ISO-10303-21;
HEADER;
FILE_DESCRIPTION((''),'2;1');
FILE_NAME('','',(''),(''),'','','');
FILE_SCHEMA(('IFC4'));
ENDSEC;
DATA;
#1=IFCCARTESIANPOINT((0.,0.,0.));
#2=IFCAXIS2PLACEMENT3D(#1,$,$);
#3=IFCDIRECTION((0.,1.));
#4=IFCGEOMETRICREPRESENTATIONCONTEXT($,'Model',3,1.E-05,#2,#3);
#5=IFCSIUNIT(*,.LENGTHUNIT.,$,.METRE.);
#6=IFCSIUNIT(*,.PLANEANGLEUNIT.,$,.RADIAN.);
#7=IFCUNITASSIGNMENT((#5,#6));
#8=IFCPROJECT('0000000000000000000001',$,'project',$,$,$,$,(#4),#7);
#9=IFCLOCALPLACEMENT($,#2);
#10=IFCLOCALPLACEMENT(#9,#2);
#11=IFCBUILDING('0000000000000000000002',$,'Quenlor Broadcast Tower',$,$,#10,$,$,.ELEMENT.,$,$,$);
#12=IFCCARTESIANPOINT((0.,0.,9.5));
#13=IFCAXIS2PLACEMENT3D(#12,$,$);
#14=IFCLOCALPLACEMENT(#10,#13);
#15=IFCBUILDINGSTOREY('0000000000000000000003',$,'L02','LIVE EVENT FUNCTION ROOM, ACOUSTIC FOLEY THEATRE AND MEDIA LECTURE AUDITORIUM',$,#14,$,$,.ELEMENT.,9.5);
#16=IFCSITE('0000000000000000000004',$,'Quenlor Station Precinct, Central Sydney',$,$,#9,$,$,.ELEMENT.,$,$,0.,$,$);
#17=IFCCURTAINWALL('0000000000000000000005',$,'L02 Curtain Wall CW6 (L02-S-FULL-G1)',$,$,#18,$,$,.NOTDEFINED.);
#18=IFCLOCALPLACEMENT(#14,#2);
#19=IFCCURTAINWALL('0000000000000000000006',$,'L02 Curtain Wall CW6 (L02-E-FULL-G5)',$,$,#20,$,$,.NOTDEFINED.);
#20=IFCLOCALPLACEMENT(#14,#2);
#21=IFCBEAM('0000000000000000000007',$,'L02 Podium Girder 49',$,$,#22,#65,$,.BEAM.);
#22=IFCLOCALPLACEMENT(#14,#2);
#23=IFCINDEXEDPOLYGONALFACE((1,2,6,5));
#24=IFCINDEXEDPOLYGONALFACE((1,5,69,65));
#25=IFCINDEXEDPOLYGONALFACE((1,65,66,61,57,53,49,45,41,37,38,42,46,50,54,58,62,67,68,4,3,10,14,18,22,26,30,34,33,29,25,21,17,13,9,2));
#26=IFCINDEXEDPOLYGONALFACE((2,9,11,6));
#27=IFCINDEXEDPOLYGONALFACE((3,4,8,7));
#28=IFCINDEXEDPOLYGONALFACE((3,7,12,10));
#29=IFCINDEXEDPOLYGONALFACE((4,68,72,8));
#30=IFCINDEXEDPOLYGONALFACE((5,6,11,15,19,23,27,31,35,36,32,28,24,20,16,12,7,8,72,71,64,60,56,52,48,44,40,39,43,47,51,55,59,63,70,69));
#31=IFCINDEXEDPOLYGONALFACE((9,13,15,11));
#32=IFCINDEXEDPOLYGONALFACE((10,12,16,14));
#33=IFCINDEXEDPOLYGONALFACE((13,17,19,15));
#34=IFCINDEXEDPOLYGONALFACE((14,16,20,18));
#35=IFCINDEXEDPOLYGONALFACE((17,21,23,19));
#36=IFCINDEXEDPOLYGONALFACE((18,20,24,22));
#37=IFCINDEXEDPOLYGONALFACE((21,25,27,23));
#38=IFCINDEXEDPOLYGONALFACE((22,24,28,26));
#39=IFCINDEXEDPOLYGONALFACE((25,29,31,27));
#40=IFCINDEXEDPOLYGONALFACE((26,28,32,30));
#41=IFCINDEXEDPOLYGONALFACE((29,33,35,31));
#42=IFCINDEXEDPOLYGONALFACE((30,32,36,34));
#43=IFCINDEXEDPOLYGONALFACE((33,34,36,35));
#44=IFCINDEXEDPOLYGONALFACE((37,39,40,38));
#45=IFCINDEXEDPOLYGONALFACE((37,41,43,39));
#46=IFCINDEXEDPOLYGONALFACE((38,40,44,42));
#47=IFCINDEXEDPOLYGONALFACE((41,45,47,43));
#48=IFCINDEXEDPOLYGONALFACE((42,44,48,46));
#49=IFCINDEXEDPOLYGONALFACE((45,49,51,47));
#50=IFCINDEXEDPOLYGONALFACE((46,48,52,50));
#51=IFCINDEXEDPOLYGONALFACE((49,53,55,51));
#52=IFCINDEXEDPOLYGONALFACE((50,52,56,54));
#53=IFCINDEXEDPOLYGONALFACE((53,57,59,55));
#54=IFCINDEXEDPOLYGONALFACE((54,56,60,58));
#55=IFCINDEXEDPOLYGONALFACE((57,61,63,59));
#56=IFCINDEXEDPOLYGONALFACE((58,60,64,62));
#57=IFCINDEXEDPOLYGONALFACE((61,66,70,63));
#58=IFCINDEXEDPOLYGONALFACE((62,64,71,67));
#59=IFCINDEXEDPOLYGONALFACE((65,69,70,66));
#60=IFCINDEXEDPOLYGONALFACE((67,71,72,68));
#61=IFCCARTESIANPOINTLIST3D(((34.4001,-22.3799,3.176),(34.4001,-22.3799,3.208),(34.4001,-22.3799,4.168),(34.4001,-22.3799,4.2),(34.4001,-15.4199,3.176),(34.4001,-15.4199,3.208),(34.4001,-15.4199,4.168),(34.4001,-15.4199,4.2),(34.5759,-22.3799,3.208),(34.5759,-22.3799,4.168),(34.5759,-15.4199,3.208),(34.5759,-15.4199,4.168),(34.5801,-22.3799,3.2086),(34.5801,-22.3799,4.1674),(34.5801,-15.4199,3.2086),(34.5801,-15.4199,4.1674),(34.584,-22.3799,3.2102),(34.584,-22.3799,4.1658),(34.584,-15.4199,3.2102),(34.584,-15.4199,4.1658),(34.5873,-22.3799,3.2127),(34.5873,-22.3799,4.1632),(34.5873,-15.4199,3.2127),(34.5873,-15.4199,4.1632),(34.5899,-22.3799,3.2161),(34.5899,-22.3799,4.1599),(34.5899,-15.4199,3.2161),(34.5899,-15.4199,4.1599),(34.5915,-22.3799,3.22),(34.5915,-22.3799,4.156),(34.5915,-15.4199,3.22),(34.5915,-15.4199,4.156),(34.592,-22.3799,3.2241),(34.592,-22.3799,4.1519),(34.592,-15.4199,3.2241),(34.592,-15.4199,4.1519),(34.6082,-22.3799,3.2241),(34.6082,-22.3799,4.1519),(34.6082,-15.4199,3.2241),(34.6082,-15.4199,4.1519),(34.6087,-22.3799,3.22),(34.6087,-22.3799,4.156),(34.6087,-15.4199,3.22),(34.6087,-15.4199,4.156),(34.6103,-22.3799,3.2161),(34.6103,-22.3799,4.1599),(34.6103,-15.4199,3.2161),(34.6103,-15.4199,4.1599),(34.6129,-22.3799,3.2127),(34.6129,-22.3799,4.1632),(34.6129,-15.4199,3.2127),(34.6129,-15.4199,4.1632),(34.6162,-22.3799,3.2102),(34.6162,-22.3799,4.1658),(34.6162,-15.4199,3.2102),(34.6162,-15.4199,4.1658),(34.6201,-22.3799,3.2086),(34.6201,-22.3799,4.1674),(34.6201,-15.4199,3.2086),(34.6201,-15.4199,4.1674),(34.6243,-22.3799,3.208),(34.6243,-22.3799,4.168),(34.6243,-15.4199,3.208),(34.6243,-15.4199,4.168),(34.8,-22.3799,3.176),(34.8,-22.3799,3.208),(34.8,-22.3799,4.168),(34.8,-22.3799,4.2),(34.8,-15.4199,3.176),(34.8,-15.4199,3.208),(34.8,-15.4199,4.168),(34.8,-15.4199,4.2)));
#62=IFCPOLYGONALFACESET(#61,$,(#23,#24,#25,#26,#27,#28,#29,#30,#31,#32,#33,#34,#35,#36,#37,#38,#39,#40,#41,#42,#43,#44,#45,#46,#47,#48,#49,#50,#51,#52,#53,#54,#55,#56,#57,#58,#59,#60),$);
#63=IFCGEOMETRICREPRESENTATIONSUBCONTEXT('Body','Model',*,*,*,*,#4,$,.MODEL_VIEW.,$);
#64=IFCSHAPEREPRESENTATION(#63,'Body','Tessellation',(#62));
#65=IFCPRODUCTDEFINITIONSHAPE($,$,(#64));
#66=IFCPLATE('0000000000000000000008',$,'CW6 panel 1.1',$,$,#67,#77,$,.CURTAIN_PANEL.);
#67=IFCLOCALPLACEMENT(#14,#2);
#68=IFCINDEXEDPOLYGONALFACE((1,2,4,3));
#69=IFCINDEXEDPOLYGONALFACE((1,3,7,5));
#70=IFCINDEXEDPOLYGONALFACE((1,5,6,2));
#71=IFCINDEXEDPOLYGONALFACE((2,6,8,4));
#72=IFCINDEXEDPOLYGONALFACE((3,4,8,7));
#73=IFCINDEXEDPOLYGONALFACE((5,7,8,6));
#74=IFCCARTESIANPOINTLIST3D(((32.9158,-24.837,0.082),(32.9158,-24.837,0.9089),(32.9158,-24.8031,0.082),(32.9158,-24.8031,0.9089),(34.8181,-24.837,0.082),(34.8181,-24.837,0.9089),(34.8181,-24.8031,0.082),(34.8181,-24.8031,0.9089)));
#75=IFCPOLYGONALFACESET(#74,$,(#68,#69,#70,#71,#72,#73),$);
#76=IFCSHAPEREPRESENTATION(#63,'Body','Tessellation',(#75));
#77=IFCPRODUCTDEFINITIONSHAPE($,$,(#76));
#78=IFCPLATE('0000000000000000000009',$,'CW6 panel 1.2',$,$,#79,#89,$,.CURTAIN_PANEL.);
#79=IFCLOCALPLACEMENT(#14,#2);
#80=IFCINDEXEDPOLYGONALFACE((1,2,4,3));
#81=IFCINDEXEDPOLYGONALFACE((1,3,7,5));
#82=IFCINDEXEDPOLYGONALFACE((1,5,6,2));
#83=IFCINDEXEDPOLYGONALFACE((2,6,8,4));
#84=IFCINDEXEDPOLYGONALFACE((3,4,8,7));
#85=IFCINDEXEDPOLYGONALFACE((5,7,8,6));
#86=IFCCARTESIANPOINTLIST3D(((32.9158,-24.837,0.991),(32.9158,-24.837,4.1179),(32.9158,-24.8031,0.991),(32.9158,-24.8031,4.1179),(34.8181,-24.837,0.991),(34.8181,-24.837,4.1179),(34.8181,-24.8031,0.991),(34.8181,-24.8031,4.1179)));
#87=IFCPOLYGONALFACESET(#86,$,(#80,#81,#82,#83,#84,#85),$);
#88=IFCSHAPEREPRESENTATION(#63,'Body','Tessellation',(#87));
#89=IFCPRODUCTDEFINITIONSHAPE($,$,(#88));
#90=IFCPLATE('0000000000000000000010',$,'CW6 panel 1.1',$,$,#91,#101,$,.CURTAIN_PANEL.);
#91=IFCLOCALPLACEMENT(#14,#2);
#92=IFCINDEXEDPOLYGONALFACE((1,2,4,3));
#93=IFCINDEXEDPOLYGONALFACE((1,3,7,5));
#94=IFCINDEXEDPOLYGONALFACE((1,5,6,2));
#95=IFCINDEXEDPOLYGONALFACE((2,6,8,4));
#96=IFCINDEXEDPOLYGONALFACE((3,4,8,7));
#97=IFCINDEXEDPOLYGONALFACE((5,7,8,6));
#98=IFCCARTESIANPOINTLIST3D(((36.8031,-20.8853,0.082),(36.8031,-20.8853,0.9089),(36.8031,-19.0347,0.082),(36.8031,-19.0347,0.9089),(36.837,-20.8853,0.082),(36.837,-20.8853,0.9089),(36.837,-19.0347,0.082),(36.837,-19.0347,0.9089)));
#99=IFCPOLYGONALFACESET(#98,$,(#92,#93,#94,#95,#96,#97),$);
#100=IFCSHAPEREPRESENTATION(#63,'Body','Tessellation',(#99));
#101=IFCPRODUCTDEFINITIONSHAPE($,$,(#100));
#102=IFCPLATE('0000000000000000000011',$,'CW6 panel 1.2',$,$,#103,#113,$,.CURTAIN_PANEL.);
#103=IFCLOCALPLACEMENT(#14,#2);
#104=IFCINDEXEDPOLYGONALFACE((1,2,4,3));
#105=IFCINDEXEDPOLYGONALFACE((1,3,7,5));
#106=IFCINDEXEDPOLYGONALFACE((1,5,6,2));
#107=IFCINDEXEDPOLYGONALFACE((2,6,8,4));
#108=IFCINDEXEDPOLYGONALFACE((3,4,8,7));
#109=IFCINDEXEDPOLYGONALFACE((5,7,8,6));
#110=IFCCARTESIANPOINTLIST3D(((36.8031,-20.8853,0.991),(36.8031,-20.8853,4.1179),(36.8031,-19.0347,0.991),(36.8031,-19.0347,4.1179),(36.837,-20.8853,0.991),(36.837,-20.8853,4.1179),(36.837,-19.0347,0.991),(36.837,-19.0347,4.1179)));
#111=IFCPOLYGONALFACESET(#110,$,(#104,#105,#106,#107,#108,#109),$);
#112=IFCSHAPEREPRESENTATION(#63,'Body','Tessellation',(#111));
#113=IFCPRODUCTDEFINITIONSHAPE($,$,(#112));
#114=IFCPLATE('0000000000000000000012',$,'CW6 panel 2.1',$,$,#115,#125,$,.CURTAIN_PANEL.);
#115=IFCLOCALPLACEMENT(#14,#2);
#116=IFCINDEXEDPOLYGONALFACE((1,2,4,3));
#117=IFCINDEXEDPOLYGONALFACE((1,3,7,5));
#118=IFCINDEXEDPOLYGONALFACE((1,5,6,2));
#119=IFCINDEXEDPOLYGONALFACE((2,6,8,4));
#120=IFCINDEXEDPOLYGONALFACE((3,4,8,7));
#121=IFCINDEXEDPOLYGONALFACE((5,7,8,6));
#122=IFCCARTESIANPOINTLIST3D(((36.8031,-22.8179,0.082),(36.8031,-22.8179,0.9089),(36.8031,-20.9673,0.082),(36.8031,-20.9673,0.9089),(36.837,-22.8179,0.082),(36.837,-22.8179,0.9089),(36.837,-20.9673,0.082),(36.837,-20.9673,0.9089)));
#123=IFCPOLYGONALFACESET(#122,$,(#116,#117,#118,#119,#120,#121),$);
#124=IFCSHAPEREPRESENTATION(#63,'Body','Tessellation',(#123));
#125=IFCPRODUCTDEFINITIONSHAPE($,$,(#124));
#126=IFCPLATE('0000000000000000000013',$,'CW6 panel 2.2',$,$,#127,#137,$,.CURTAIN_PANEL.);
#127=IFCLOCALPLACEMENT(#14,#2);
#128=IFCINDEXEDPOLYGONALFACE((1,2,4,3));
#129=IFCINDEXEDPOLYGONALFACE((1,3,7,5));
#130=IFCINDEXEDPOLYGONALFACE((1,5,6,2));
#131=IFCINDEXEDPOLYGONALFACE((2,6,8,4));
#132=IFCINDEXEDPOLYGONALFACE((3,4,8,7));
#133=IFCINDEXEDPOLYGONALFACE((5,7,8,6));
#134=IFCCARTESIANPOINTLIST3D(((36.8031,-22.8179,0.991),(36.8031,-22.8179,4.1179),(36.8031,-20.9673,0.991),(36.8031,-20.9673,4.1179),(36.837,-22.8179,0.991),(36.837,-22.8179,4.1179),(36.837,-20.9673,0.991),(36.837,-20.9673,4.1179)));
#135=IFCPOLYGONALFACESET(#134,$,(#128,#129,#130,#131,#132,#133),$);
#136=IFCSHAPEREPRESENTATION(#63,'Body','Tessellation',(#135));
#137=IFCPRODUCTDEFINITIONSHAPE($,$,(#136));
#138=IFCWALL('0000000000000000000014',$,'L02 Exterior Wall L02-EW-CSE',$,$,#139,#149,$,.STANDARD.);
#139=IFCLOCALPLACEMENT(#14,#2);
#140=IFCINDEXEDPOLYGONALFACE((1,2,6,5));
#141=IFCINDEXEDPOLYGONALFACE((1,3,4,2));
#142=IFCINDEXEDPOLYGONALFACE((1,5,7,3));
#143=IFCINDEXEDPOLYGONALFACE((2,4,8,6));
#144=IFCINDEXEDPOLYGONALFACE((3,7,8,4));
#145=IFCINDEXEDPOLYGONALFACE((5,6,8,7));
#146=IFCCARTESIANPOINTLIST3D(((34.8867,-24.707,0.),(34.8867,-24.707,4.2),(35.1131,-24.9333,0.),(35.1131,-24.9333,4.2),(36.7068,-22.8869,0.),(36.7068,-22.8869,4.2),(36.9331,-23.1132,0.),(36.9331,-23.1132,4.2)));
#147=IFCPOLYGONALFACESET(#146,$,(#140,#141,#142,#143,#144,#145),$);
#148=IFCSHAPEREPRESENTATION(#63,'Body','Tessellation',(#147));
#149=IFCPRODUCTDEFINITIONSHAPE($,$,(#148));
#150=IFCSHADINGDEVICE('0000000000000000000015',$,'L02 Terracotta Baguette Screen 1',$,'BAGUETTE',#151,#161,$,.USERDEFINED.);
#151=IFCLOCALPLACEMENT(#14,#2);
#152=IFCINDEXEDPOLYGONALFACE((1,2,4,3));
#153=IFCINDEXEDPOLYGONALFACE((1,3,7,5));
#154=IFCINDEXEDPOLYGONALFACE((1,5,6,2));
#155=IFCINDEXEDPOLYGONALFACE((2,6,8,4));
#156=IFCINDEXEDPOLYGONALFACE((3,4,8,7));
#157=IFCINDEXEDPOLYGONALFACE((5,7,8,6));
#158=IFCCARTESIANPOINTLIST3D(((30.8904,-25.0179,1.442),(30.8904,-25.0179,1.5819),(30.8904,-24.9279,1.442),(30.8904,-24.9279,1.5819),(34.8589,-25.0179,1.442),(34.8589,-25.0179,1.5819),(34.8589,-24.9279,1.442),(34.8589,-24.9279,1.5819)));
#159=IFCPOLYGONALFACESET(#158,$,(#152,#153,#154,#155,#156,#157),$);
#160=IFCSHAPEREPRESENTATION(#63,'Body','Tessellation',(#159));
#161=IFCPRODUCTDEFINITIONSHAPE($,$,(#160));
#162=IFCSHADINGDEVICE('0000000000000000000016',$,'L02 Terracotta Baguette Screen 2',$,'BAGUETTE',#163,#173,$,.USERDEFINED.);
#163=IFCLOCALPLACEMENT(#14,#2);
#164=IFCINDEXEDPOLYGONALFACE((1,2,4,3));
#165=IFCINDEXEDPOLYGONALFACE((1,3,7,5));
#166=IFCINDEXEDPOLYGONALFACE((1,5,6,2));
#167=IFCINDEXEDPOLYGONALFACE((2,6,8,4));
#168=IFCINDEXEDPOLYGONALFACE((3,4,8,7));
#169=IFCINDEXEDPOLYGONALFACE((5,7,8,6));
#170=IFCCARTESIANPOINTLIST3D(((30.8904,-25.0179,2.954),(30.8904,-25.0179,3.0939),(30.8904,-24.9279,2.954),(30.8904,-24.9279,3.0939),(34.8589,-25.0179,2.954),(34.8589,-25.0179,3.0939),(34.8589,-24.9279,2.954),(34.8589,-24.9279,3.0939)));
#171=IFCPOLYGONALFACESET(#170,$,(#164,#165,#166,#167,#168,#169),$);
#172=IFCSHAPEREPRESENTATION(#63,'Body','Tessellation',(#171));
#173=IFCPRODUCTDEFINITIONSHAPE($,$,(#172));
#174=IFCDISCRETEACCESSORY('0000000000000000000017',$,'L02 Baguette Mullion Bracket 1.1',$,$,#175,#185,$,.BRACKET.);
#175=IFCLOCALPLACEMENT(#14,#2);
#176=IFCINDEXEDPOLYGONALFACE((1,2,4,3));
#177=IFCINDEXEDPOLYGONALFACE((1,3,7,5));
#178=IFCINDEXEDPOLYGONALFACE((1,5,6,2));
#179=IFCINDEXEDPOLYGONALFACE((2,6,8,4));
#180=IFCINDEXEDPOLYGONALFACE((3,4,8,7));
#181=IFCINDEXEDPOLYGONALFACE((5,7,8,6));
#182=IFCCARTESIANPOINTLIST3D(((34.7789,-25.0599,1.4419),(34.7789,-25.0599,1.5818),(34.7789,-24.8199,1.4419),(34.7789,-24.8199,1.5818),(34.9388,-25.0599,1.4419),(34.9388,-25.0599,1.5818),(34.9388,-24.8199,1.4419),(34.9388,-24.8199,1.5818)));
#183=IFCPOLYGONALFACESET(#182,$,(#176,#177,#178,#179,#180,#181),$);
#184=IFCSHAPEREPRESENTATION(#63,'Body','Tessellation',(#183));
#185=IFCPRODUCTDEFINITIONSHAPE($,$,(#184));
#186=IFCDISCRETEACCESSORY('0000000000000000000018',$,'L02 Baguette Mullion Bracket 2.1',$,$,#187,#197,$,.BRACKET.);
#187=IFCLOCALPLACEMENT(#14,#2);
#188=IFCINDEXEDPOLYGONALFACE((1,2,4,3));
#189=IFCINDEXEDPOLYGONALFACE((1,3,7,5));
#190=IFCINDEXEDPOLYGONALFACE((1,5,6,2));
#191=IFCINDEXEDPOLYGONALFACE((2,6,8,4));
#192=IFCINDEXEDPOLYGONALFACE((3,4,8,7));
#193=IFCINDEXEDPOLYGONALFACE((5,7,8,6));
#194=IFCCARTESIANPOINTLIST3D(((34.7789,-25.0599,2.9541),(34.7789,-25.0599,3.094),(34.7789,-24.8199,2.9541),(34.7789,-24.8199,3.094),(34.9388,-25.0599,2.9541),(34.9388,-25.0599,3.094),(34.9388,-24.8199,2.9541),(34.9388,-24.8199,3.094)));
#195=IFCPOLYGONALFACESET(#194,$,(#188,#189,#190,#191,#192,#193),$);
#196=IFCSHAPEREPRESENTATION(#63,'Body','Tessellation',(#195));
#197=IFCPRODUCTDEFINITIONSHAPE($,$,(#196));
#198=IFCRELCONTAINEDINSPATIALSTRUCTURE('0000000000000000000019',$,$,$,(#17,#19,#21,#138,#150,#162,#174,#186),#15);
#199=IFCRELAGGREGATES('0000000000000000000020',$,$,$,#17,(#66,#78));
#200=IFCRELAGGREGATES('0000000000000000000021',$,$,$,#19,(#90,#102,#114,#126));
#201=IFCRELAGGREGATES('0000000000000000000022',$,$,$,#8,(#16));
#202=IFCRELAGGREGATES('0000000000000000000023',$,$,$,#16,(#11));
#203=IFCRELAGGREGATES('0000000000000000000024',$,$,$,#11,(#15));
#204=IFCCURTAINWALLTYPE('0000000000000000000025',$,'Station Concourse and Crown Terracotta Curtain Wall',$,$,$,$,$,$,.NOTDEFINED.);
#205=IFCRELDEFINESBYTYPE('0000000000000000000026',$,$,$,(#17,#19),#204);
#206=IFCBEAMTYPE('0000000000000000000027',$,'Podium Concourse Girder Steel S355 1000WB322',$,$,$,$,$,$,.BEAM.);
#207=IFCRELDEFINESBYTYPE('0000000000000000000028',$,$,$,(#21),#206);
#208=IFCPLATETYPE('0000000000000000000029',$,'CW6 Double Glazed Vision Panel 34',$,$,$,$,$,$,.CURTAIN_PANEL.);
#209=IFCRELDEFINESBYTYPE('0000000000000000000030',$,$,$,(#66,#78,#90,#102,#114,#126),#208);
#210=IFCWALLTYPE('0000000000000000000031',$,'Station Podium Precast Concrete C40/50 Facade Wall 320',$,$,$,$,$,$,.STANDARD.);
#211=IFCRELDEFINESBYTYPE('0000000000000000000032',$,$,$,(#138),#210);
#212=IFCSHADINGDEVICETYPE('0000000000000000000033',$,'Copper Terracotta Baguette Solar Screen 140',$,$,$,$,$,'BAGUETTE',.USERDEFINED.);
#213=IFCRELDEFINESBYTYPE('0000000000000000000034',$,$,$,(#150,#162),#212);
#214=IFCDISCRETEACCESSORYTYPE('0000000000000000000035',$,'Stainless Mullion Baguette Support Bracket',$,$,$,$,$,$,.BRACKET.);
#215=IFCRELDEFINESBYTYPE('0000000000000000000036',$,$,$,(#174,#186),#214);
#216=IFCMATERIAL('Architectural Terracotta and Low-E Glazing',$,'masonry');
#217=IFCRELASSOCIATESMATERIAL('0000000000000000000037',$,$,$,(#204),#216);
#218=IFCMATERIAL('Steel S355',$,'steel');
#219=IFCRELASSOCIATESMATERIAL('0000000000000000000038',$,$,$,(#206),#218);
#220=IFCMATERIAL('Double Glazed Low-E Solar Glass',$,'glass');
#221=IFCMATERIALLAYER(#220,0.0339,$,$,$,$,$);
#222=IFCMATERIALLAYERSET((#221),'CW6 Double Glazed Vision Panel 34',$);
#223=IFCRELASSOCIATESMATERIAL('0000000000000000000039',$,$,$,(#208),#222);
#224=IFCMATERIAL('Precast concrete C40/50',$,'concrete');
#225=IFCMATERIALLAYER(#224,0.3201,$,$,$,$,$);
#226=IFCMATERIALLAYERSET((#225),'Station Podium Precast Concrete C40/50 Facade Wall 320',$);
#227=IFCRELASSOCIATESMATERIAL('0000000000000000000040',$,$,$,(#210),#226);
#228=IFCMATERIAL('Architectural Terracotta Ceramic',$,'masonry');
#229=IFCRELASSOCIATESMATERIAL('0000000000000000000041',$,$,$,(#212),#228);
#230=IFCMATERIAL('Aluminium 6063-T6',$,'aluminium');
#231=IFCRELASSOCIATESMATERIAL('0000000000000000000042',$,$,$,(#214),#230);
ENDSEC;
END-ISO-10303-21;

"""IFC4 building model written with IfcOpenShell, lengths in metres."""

from ifc_helpers import new_model, si_unit, direction, frame, frame_2d, origin, origin_2d, place, context, subcontext, project, spatial, rectangle, i_section, extrude, material, layer, layer_set, material_profile, profile_set, type_object, element, aggregate, save


model = new_model("IFC4")

# Units and contexts
model_context = context("Model", 3, precision=1e-05, world=origin(), true_north=direction((0.0, 1.0)))
body_context = subcontext(model_context, "Body", "Model", "MODEL_VIEW")
ifc_project = project(units=[si_unit("LENGTHUNIT", "METRE"), si_unit("PLANEANGLEUNIT", "RADIAN")], contexts=[model_context])

# Site, building, storey
site_placement = place(None, origin())
site = spatial("IfcSite", under=ifc_project, at=site_placement, Name="Quenlor Station Precinct, Central Sydney", CompositionType="ELEMENT", RefElevation=0.0)
building_placement = place(site_placement, origin())
building = spatial("IfcBuilding", under=site, at=building_placement, Name="Quenlor Broadcast Tower", CompositionType="ELEMENT")
storey_placement = place(building_placement, frame((0.0, 0.0, 9.5)))
storey = spatial("IfcBuildingStorey", under=building, at=storey_placement, Name="L02", Description="LIVE EVENT FUNCTION ROOM, ACOUSTIC FOLEY THEATRE AND MEDIA LECTURE AUDITORIUM", CompositionType="ELEMENT", Elevation=9.5)

# Curtain wall
ifc_material_1 = material(Name="Architectural Terracotta and Low-E Glazing", Category="masonry")
curtain_wall_type = type_object("IfcCurtainWallType", Name="Station Concourse and Crown Terracotta Curtain Wall", PredefinedType="NOTDEFINED", material=ifc_material_1)
curtain_wall_1_placement = place(storey_placement, origin())
curtain_wall_1 = element("IfcCurtainWall", 1, at=curtain_wall_1_placement, inside=storey, type_object=curtain_wall_type, Name="L02 Curtain Wall CW6 (L02-S-FULL-G1)", PredefinedType="NOTDEFINED")

# Curtain wall
curtain_wall_2_placement = place(storey_placement, origin())
curtain_wall_2 = element("IfcCurtainWall", 2, at=curtain_wall_2_placement, inside=storey, type_object=curtain_wall_type, Name="L02 Curtain Wall CW6 (L02-E-FULL-G5)", PredefinedType="NOTDEFINED")

# Beam
ifc_material_2 = material(Name="Steel S355", Category="steel")
ifc_material_profile_1 = material_profile(ifc_material_2, i_section(OverallWidth=0.3999, OverallDepth=1.0239, WebThickness=0.0161, FlangeThickness=0.032, FilletRadius=0.0161, at=origin_2d()))
ifc_profile_set_1 = profile_set([ifc_material_profile_1], Name="Steel S355 1000WB322")
beam_type = type_object("IfcBeamType", Name="Podium Concourse Girder Steel S355 1000WB322", PredefinedType="BEAM", material=ifc_profile_set_1)
beam_placement = place(storey_placement, frame((34.6001, -22.3799, 3.688), z_axis=(0.0, 1.0, 0.0), x_axis=(-1.0, 0.0, 0.0)))
element("IfcBeam", 3, at=beam_placement, inside=storey, type_object=beam_type, Name="L02 Podium Girder 49", PredefinedType="BEAM", context=body_context, shape_type="SweptSolid", body=[
    extrude(i_section(OverallWidth=0.3999, OverallDepth=1.0239, WebThickness=0.0161, FlangeThickness=0.032, FilletRadius=0.0161, at=origin_2d()), origin(), (0.0, 0.0, 1.0), 6.96),
])

# Plates
ifc_material_3 = material(Name="Double Glazed Low-E Solar Glass", Category="glass")
ifc_layer_1 = layer(ifc_material_3, 0.0339)
ifc_layer_set_1 = layer_set([ifc_layer_1], Name="CW6 Double Glazed Vision Panel 34")
plate_type = type_object("IfcPlateType", Name="CW6 Double Glazed Vision Panel 34", PredefinedType="CURTAIN_PANEL", material=ifc_layer_set_1)
plate_1_placement = place(storey_placement, frame((33.8669, -24.8201, 0.082), z_axis=(0.0, 0.0, 1.0), x_axis=(-1.0, 0.0, 0.0)))
plate_1 = element("IfcPlate", 4, at=plate_1_placement, type_object=plate_type, Name="CW6 panel 1.1", PredefinedType="CURTAIN_PANEL", context=body_context, shape_type="SweptSolid", body=[
    extrude(rectangle(XDim=1.9023, YDim=0.0339, at=origin_2d()), origin(), (0.0, 0.0, 1.0), 0.8269),
])
plate_2_placement = place(storey_placement, frame((33.8669, -24.8201, 0.991), z_axis=(0.0, 0.0, 1.0), x_axis=(-1.0, 0.0, 0.0)))
plate_2 = element("IfcPlate", 5, at=plate_2_placement, type_object=plate_type, Name="CW6 panel 1.2", PredefinedType="CURTAIN_PANEL", context=body_context, shape_type="SweptSolid", body=[
    extrude(rectangle(XDim=1.9023, YDim=0.0339, at=origin_2d()), origin(), (0.0, 0.0, 1.0), 3.127),
])
aggregate(curtain_wall_1, [plate_1, plate_2])
plate_3_placement = place(storey_placement, frame((36.8201, -19.96, 0.082), z_axis=(0.0, 0.0, 1.0), x_axis=(0.0, -1.0, 0.0)))
plate_3 = element("IfcPlate", 6, at=plate_3_placement, type_object=plate_type, Name="CW6 panel 1.1", PredefinedType="CURTAIN_PANEL", context=body_context, shape_type="SweptSolid", body=[
    extrude(rectangle(XDim=1.8506, YDim=0.0339, at=origin_2d()), origin(), (0.0, 0.0, 1.0), 0.8269),
])
plate_4_placement = place(storey_placement, frame((36.8201, -19.96, 0.991), z_axis=(0.0, 0.0, 1.0), x_axis=(0.0, -1.0, 0.0)))
plate_4 = element("IfcPlate", 7, at=plate_4_placement, type_object=plate_type, Name="CW6 panel 1.2", PredefinedType="CURTAIN_PANEL", context=body_context, shape_type="SweptSolid", body=[
    extrude(rectangle(XDim=1.8506, YDim=0.0339, at=origin_2d()), origin(), (0.0, 0.0, 1.0), 3.127),
])
plate_5_placement = place(storey_placement, frame((36.8201, -21.8926, 0.082), z_axis=(0.0, 0.0, 1.0), x_axis=(0.0, -1.0, 0.0)))
plate_5 = element("IfcPlate", 8, at=plate_5_placement, type_object=plate_type, Name="CW6 panel 2.1", PredefinedType="CURTAIN_PANEL", context=body_context, shape_type="SweptSolid", body=[
    extrude(rectangle(XDim=1.8506, YDim=0.0339, at=origin_2d()), origin(), (0.0, 0.0, 1.0), 0.8269),
])
plate_6_placement = place(storey_placement, frame((36.8201, -21.8926, 0.991), z_axis=(0.0, 0.0, 1.0), x_axis=(0.0, -1.0, 0.0)))
plate_6 = element("IfcPlate", 9, at=plate_6_placement, type_object=plate_type, Name="CW6 panel 2.2", PredefinedType="CURTAIN_PANEL", context=body_context, shape_type="SweptSolid", body=[
    extrude(rectangle(XDim=1.8506, YDim=0.0339, at=origin_2d()), origin(), (0.0, 0.0, 1.0), 3.127),
])
aggregate(curtain_wall_2, [plate_3, plate_4, plate_5, plate_6])

# Wall
ifc_material_4 = material(Name="Precast concrete C40/50", Category="concrete")
ifc_layer_2 = layer(ifc_material_4, 0.3201)
ifc_layer_set_2 = layer_set([ifc_layer_2], Name="Station Podium Precast Concrete C40/50 Facade Wall 320")
wall_type = type_object("IfcWallType", Name="Station Podium Precast Concrete C40/50 Facade Wall 320", PredefinedType="STANDARD", material=ifc_layer_set_2)
wall_placement = place(storey_placement, frame((36.8201, -23.0, 0.0), z_axis=(0.0, 0.0, 1.0), x_axis=(-0.707107, -0.707107, 0.0)))
element("IfcWall", 10, at=wall_placement, inside=storey, type_object=wall_type, Name="L02 Exterior Wall L02-EW-CSE", PredefinedType="STANDARD", context=body_context, shape_type="SweptSolid", body=[
    extrude(rectangle(XDim=2.574, YDim=0.3201, at=frame_2d((1.2871, 0.0))), origin(), (0.0, 0.0, 1.0), 4.2),
])

# Shading devices
ifc_material_5 = material(Name="Architectural Terracotta Ceramic", Category="masonry")
ifc_material_profile_2 = material_profile(ifc_material_5, rectangle(XDim=0.0901, YDim=0.1399, at=origin_2d()))
ifc_profile_set_2 = profile_set([ifc_material_profile_2], Name="Architectural Terracotta Ceramic BAG90x140")
shading_device_type = type_object("IfcShadingDeviceType", Name="Copper Terracotta Baguette Solar Screen 140", ElementType="BAGUETTE", PredefinedType="USERDEFINED", material=ifc_profile_set_2)
for number, where, z_axis, x_axis, name in (
    (11, (34.8589, -24.9729, 1.512), (-1.0, 0.0, 0.0), (0.0, -1.0, 0.0), "L02 Terracotta Baguette Screen 1"),
    (12, (34.8589, -24.9729, 3.0239), (-1.0, 0.0, 0.0), (0.0, -1.0, 0.0), "L02 Terracotta Baguette Screen 2"),
):
    element("IfcShadingDevice", number, at=place(storey_placement, frame(where, z_axis=z_axis, x_axis=x_axis)), inside=storey, type_object=shading_device_type, Name=name, ObjectType="BAGUETTE", PredefinedType="USERDEFINED", context=body_context, shape_type="SweptSolid", body=[
        extrude(rectangle(XDim=0.0901, YDim=0.1399, at=origin_2d()), origin(), (0.0, 0.0, 1.0), 3.9685),
    ])

# Discrete accessories
ifc_material_6 = material(Name="Aluminium 6063-T6", Category="aluminium")
discrete_accessory_type = type_object("IfcDiscreteAccessoryType", Name="Stainless Mullion Baguette Support Bracket", PredefinedType="BRACKET", material=ifc_material_6)
for number, where, z_axis, x_axis, name in (
    (13, (34.8589, -24.9399, 1.4419), (0.0, 0.0, 1.0), (-1.0, 0.0, 0.0), "L02 Baguette Mullion Bracket 1.1"),
    (14, (34.8589, -24.9399, 2.9541), (0.0, 0.0, 1.0), (-1.0, 0.0, 0.0), "L02 Baguette Mullion Bracket 2.1"),
):
    element("IfcDiscreteAccessory", number, at=place(storey_placement, frame(where, z_axis=z_axis, x_axis=x_axis)), inside=storey, type_object=discrete_accessory_type, Name=name, PredefinedType="BRACKET", context=body_context, shape_type="SweptSolid", body=[
        extrude(rectangle(XDim=0.1599, YDim=0.24, at=origin_2d()), origin(), (0.0, 0.0, 1.0), 0.1399),
    ])

save(model, "model.ifc")
